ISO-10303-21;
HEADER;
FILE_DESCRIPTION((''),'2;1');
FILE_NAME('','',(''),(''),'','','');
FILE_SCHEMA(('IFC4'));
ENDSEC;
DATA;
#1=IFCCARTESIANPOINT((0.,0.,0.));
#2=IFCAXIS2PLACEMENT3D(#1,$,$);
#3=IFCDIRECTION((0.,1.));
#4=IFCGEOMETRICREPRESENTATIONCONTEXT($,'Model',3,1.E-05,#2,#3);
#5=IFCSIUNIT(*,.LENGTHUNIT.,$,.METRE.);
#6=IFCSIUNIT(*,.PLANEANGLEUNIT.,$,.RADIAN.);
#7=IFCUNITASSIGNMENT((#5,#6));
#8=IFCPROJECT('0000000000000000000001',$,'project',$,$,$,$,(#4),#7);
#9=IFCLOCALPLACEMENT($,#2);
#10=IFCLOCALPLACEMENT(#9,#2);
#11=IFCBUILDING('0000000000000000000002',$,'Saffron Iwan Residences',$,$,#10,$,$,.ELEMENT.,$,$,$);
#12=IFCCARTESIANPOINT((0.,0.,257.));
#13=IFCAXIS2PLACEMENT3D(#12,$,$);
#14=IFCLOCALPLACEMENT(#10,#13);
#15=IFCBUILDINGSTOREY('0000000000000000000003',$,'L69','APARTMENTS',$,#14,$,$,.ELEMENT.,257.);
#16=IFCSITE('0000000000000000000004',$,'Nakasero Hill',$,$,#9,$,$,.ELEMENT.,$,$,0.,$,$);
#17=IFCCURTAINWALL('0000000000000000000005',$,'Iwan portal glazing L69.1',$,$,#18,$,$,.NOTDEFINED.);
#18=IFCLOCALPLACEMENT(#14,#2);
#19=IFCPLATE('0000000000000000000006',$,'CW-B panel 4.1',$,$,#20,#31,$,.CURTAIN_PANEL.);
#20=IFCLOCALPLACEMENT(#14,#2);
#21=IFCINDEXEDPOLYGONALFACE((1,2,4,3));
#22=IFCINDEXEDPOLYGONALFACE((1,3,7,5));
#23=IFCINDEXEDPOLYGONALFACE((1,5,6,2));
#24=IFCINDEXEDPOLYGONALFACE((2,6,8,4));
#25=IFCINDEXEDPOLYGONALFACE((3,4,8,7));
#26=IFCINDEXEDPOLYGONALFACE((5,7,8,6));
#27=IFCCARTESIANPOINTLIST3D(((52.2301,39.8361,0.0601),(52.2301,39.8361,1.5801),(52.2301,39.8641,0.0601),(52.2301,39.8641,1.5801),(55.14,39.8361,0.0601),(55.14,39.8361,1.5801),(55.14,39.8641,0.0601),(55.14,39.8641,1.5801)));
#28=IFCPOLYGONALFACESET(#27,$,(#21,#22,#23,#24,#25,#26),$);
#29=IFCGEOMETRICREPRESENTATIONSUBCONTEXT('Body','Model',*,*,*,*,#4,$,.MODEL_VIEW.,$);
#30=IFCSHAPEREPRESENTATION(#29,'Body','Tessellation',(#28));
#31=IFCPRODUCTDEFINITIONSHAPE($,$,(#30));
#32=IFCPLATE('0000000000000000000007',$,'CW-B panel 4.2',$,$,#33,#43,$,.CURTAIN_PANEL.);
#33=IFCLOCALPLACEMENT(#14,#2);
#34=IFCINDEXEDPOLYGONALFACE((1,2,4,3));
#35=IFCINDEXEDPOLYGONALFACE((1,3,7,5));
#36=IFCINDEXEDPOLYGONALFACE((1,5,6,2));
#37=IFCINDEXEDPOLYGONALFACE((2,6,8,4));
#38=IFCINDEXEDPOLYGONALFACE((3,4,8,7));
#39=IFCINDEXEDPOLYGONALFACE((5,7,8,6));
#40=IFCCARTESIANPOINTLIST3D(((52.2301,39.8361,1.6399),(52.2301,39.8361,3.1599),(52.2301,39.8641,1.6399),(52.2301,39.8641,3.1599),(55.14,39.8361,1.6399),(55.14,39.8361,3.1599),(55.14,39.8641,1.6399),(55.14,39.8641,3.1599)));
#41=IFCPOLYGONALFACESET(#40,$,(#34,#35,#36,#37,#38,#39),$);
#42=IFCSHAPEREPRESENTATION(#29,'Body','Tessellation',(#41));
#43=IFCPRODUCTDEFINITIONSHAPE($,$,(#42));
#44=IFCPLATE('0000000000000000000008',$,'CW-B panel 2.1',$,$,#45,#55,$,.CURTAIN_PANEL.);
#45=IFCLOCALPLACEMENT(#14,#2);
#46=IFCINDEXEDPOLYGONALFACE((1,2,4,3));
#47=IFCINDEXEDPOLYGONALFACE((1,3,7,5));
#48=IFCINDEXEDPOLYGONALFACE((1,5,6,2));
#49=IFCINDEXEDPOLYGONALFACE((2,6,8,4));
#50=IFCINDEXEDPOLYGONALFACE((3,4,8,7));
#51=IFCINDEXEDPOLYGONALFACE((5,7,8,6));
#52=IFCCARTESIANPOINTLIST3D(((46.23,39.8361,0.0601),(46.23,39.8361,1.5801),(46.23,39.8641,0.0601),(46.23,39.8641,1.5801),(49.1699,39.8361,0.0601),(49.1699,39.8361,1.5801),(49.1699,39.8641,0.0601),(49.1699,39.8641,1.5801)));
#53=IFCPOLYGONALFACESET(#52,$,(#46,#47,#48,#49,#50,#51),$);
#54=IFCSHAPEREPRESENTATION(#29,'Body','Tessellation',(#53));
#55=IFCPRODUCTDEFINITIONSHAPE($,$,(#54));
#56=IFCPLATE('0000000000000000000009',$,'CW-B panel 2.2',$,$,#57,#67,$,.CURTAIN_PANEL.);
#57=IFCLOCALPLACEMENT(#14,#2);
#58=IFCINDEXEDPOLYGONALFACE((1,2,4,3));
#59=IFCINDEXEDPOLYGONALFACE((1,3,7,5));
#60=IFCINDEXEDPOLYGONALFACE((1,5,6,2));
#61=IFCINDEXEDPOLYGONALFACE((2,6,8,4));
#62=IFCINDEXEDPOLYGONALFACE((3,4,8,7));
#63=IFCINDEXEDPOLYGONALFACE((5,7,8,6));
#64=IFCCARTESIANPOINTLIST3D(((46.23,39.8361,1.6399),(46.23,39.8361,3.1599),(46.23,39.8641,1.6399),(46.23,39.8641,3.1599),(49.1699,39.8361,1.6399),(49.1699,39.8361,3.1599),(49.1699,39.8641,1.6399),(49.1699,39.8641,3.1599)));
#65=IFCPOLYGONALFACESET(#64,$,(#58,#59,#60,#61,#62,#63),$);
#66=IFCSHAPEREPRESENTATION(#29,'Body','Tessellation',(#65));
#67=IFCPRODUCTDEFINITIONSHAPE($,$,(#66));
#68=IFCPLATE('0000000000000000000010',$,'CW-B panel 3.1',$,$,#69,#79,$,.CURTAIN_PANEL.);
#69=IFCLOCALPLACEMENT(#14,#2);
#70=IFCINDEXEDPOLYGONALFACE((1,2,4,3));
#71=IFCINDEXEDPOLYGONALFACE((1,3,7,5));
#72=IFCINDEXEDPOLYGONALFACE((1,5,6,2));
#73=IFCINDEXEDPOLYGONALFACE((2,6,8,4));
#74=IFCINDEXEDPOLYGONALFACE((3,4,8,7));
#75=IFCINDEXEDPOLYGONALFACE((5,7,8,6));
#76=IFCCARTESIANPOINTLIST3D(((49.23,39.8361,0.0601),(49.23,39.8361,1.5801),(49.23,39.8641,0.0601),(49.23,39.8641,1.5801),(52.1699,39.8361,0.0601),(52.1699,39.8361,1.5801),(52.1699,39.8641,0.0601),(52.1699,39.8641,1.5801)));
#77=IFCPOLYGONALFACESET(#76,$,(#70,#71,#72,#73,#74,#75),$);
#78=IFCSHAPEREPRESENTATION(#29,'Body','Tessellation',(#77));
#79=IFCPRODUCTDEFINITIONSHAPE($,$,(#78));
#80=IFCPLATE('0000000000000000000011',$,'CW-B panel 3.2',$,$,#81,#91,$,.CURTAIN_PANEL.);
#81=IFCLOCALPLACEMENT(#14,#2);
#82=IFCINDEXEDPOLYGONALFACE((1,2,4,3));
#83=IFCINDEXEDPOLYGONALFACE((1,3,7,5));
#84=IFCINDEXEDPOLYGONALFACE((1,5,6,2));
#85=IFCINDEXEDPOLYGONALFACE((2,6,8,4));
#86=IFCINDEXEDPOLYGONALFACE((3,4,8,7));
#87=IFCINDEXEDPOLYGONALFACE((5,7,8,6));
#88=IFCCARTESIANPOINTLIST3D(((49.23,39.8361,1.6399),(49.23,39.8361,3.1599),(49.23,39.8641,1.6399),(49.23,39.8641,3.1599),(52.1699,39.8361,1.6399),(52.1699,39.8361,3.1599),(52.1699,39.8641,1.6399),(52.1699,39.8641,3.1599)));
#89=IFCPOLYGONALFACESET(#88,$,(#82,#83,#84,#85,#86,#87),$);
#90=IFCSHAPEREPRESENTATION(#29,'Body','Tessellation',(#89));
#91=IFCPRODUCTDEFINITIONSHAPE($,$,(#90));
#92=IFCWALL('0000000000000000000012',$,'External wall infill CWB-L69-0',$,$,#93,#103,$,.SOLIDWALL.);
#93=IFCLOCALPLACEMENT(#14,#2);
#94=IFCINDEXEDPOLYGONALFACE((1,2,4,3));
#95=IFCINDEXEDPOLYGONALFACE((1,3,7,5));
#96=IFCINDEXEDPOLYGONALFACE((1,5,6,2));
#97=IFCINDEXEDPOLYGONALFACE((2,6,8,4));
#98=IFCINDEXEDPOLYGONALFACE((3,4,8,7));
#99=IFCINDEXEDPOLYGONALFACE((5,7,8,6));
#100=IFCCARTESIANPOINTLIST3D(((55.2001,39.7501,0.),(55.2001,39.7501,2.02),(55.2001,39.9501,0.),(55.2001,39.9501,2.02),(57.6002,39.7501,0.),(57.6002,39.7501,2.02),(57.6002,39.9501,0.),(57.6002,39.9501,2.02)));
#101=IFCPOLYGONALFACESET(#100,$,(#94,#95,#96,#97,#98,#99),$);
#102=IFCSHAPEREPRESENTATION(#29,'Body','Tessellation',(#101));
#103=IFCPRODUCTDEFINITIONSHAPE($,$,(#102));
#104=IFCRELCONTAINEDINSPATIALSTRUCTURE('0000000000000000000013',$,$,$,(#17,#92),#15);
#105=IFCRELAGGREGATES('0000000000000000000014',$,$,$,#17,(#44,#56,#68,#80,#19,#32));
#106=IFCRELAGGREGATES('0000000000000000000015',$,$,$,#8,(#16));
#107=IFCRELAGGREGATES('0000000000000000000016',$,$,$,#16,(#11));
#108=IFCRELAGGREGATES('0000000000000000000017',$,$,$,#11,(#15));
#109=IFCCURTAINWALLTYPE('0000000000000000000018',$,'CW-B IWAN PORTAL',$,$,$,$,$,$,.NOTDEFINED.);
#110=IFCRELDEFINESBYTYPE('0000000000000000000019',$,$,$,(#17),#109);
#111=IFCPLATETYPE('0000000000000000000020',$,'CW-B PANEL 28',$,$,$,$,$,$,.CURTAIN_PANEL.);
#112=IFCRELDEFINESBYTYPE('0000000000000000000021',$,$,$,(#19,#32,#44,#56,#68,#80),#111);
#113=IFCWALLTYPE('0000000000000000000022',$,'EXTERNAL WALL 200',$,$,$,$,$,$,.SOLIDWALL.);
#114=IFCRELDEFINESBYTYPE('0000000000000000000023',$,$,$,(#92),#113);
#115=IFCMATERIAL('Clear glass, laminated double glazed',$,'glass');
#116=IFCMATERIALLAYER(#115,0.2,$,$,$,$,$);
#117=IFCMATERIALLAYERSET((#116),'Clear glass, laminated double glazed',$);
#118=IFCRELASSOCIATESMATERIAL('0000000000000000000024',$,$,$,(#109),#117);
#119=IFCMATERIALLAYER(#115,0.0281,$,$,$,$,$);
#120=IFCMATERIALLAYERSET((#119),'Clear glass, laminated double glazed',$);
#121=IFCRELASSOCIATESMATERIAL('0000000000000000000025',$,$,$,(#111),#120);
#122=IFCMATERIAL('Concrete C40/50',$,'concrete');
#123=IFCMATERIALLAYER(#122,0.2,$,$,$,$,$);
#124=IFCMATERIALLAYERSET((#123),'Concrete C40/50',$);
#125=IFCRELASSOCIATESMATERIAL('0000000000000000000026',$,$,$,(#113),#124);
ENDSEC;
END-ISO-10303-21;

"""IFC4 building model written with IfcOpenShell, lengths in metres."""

from ifc_helpers import new_model, si_unit, direction, frame, frame_2d, origin, origin_2d, place, context, subcontext, project, spatial, rectangle, extrude, source, transform, mapped, material, layer, layer_set, type_object, element, aggregate, save


model = new_model("IFC4")

# Units and contexts
model_context = context("Model", 3, precision=1e-05, world=origin(), true_north=direction((0.0, 1.0)))
body_context = subcontext(model_context, "Body", "Model", "MODEL_VIEW")
ifc_project = project(units=[si_unit("LENGTHUNIT", "METRE"), si_unit("PLANEANGLEUNIT", "RADIAN")], contexts=[model_context])

# Site, building, storey
site_placement = place(None, origin())
site = spatial("IfcSite", under=ifc_project, at=site_placement, Name="Nakasero Hill", CompositionType="ELEMENT", RefElevation=0.0)
building_placement = place(site_placement, origin())
building = spatial("IfcBuilding", under=site, at=building_placement, Name="Saffron Iwan Residences", CompositionType="ELEMENT")
storey_placement = place(building_placement, frame((0.0, 0.0, 257.0)))
storey = spatial("IfcBuildingStorey", under=building, at=storey_placement, Name="L69", Description="APARTMENTS", CompositionType="ELEMENT", Elevation=257.0)

# Shared definitions
ifc_material_1 = material(Name="Concrete C40/50", Category="concrete")

# Curtain wall, plates
ifc_material_2 = material(Name="Clear glass, laminated double glazed", Category="glass")
ifc_layer_1 = layer(ifc_material_2, 0.2)
ifc_layer_set_1 = layer_set([ifc_layer_1], Name="Clear glass, laminated double glazed")
curtain_wall_type = type_object("IfcCurtainWallType", Name="CW-B IWAN PORTAL", PredefinedType="NOTDEFINED", material=ifc_layer_set_1)
curtain_wall_placement = place(storey_placement, origin())
curtain_wall = element("IfcCurtainWall", 1, at=curtain_wall_placement, inside=storey, type_object=curtain_wall_type, Name="Iwan portal glazing L69.1", PredefinedType="NOTDEFINED")
ifc_layer_2 = layer(ifc_material_2, 0.0281)
ifc_layer_set_2 = layer_set([ifc_layer_2], Name="Clear glass, laminated double glazed")
plate_type = type_object("IfcPlateType", Name="CW-B PANEL 28", PredefinedType="CURTAIN_PANEL", material=ifc_layer_set_2)
shared_shape_1 = source(origin(), body_context, "Body", "SweptSolid", [
    extrude(rectangle(XDim=2.9099, YDim=0.0281, at=origin_2d()), origin(), (0.0, 0.0, 1.0), 1.52),
])
plate_1_placement = place(storey_placement, frame((53.6851, 39.8501, 0.0601), z_axis=(0.0, 0.0, 1.0), x_axis=(1.0, 0.0, 0.0)))
plate_1 = element("IfcPlate", 2, at=plate_1_placement, type_object=plate_type, Name="CW-B panel 4.1", PredefinedType="CURTAIN_PANEL", context=body_context, shape_type="MappedRepresentation", body=[
    mapped(shared_shape_1, transform((0.0, 0.0, 0.0))),
])
plate_2_placement = place(storey_placement, frame((53.6851, 39.8501, 1.6399), z_axis=(0.0, 0.0, 1.0), x_axis=(1.0, 0.0, 0.0)))
plate_2 = element("IfcPlate", 3, at=plate_2_placement, type_object=plate_type, Name="CW-B panel 4.2", PredefinedType="CURTAIN_PANEL", context=body_context, shape_type="MappedRepresentation", body=[
    mapped(shared_shape_1, transform((0.0, 0.0, 0.0))),
])
shared_shape_2 = source(origin(), body_context, "Body", "SweptSolid", [
    extrude(rectangle(XDim=2.9399, YDim=0.0281, at=origin_2d()), origin(), (0.0, 0.0, 1.0), 1.52),
])
plate_3_placement = place(storey_placement, frame((47.7, 39.8501, 0.0601), z_axis=(0.0, 0.0, 1.0), x_axis=(1.0, 0.0, 0.0)))
plate_3 = element("IfcPlate", 4, at=plate_3_placement, type_object=plate_type, Name="CW-B panel 2.1", PredefinedType="CURTAIN_PANEL", context=body_context, shape_type="MappedRepresentation", body=[
    mapped(shared_shape_2, transform((0.0, 0.0, 0.0))),
])
plate_4_placement = place(storey_placement, frame((47.7, 39.8501, 1.6399), z_axis=(0.0, 0.0, 1.0), x_axis=(1.0, 0.0, 0.0)))
plate_4 = element("IfcPlate", 5, at=plate_4_placement, type_object=plate_type, Name="CW-B panel 2.2", PredefinedType="CURTAIN_PANEL", context=body_context, shape_type="MappedRepresentation", body=[
    mapped(shared_shape_2, transform((0.0, 0.0, 0.0))),
])
plate_5_placement = place(storey_placement, frame((50.7, 39.8501, 0.0601), z_axis=(0.0, 0.0, 1.0), x_axis=(1.0, 0.0, 0.0)))
plate_5 = element("IfcPlate", 6, at=plate_5_placement, type_object=plate_type, Name="CW-B panel 3.1", PredefinedType="CURTAIN_PANEL", context=body_context, shape_type="MappedRepresentation", body=[
    mapped(shared_shape_2, transform((0.0, 0.0, 0.0))),
])
plate_6_placement = place(storey_placement, frame((50.7, 39.8501, 1.6399), z_axis=(0.0, 0.0, 1.0), x_axis=(1.0, 0.0, 0.0)))
plate_6 = element("IfcPlate", 7, at=plate_6_placement, type_object=plate_type, Name="CW-B panel 3.2", PredefinedType="CURTAIN_PANEL", context=body_context, shape_type="MappedRepresentation", body=[
    mapped(shared_shape_2, transform((0.0, 0.0, 0.0))),
])
aggregate(curtain_wall, [plate_3, plate_4, plate_5, plate_6, plate_1, plate_2])

# Wall
ifc_layer_3 = layer(ifc_material_1, 0.2)
ifc_layer_set_3 = layer_set([ifc_layer_3], Name="Concrete C40/50")
wall_type = type_object("IfcWallType", Name="EXTERNAL WALL 200", PredefinedType="SOLIDWALL", material=ifc_layer_set_3)
wall_placement = place(storey_placement, frame((55.2, 39.8501, 0.0), z_axis=(0.0, 0.0, 1.0), x_axis=(1.0, 0.0, 0.0)))
element("IfcWall", 8, at=wall_placement, inside=storey, type_object=wall_type, Name="External wall infill CWB-L69-0", PredefinedType="SOLIDWALL", context=body_context, shape_type="SweptSolid", body=[
    extrude(rectangle(XDim=2.4001, YDim=0.2, at=frame_2d((1.2002, 0.0))), origin(), (0.0, 0.0, 1.0), 2.02),
])

save(model, "model.ifc")
